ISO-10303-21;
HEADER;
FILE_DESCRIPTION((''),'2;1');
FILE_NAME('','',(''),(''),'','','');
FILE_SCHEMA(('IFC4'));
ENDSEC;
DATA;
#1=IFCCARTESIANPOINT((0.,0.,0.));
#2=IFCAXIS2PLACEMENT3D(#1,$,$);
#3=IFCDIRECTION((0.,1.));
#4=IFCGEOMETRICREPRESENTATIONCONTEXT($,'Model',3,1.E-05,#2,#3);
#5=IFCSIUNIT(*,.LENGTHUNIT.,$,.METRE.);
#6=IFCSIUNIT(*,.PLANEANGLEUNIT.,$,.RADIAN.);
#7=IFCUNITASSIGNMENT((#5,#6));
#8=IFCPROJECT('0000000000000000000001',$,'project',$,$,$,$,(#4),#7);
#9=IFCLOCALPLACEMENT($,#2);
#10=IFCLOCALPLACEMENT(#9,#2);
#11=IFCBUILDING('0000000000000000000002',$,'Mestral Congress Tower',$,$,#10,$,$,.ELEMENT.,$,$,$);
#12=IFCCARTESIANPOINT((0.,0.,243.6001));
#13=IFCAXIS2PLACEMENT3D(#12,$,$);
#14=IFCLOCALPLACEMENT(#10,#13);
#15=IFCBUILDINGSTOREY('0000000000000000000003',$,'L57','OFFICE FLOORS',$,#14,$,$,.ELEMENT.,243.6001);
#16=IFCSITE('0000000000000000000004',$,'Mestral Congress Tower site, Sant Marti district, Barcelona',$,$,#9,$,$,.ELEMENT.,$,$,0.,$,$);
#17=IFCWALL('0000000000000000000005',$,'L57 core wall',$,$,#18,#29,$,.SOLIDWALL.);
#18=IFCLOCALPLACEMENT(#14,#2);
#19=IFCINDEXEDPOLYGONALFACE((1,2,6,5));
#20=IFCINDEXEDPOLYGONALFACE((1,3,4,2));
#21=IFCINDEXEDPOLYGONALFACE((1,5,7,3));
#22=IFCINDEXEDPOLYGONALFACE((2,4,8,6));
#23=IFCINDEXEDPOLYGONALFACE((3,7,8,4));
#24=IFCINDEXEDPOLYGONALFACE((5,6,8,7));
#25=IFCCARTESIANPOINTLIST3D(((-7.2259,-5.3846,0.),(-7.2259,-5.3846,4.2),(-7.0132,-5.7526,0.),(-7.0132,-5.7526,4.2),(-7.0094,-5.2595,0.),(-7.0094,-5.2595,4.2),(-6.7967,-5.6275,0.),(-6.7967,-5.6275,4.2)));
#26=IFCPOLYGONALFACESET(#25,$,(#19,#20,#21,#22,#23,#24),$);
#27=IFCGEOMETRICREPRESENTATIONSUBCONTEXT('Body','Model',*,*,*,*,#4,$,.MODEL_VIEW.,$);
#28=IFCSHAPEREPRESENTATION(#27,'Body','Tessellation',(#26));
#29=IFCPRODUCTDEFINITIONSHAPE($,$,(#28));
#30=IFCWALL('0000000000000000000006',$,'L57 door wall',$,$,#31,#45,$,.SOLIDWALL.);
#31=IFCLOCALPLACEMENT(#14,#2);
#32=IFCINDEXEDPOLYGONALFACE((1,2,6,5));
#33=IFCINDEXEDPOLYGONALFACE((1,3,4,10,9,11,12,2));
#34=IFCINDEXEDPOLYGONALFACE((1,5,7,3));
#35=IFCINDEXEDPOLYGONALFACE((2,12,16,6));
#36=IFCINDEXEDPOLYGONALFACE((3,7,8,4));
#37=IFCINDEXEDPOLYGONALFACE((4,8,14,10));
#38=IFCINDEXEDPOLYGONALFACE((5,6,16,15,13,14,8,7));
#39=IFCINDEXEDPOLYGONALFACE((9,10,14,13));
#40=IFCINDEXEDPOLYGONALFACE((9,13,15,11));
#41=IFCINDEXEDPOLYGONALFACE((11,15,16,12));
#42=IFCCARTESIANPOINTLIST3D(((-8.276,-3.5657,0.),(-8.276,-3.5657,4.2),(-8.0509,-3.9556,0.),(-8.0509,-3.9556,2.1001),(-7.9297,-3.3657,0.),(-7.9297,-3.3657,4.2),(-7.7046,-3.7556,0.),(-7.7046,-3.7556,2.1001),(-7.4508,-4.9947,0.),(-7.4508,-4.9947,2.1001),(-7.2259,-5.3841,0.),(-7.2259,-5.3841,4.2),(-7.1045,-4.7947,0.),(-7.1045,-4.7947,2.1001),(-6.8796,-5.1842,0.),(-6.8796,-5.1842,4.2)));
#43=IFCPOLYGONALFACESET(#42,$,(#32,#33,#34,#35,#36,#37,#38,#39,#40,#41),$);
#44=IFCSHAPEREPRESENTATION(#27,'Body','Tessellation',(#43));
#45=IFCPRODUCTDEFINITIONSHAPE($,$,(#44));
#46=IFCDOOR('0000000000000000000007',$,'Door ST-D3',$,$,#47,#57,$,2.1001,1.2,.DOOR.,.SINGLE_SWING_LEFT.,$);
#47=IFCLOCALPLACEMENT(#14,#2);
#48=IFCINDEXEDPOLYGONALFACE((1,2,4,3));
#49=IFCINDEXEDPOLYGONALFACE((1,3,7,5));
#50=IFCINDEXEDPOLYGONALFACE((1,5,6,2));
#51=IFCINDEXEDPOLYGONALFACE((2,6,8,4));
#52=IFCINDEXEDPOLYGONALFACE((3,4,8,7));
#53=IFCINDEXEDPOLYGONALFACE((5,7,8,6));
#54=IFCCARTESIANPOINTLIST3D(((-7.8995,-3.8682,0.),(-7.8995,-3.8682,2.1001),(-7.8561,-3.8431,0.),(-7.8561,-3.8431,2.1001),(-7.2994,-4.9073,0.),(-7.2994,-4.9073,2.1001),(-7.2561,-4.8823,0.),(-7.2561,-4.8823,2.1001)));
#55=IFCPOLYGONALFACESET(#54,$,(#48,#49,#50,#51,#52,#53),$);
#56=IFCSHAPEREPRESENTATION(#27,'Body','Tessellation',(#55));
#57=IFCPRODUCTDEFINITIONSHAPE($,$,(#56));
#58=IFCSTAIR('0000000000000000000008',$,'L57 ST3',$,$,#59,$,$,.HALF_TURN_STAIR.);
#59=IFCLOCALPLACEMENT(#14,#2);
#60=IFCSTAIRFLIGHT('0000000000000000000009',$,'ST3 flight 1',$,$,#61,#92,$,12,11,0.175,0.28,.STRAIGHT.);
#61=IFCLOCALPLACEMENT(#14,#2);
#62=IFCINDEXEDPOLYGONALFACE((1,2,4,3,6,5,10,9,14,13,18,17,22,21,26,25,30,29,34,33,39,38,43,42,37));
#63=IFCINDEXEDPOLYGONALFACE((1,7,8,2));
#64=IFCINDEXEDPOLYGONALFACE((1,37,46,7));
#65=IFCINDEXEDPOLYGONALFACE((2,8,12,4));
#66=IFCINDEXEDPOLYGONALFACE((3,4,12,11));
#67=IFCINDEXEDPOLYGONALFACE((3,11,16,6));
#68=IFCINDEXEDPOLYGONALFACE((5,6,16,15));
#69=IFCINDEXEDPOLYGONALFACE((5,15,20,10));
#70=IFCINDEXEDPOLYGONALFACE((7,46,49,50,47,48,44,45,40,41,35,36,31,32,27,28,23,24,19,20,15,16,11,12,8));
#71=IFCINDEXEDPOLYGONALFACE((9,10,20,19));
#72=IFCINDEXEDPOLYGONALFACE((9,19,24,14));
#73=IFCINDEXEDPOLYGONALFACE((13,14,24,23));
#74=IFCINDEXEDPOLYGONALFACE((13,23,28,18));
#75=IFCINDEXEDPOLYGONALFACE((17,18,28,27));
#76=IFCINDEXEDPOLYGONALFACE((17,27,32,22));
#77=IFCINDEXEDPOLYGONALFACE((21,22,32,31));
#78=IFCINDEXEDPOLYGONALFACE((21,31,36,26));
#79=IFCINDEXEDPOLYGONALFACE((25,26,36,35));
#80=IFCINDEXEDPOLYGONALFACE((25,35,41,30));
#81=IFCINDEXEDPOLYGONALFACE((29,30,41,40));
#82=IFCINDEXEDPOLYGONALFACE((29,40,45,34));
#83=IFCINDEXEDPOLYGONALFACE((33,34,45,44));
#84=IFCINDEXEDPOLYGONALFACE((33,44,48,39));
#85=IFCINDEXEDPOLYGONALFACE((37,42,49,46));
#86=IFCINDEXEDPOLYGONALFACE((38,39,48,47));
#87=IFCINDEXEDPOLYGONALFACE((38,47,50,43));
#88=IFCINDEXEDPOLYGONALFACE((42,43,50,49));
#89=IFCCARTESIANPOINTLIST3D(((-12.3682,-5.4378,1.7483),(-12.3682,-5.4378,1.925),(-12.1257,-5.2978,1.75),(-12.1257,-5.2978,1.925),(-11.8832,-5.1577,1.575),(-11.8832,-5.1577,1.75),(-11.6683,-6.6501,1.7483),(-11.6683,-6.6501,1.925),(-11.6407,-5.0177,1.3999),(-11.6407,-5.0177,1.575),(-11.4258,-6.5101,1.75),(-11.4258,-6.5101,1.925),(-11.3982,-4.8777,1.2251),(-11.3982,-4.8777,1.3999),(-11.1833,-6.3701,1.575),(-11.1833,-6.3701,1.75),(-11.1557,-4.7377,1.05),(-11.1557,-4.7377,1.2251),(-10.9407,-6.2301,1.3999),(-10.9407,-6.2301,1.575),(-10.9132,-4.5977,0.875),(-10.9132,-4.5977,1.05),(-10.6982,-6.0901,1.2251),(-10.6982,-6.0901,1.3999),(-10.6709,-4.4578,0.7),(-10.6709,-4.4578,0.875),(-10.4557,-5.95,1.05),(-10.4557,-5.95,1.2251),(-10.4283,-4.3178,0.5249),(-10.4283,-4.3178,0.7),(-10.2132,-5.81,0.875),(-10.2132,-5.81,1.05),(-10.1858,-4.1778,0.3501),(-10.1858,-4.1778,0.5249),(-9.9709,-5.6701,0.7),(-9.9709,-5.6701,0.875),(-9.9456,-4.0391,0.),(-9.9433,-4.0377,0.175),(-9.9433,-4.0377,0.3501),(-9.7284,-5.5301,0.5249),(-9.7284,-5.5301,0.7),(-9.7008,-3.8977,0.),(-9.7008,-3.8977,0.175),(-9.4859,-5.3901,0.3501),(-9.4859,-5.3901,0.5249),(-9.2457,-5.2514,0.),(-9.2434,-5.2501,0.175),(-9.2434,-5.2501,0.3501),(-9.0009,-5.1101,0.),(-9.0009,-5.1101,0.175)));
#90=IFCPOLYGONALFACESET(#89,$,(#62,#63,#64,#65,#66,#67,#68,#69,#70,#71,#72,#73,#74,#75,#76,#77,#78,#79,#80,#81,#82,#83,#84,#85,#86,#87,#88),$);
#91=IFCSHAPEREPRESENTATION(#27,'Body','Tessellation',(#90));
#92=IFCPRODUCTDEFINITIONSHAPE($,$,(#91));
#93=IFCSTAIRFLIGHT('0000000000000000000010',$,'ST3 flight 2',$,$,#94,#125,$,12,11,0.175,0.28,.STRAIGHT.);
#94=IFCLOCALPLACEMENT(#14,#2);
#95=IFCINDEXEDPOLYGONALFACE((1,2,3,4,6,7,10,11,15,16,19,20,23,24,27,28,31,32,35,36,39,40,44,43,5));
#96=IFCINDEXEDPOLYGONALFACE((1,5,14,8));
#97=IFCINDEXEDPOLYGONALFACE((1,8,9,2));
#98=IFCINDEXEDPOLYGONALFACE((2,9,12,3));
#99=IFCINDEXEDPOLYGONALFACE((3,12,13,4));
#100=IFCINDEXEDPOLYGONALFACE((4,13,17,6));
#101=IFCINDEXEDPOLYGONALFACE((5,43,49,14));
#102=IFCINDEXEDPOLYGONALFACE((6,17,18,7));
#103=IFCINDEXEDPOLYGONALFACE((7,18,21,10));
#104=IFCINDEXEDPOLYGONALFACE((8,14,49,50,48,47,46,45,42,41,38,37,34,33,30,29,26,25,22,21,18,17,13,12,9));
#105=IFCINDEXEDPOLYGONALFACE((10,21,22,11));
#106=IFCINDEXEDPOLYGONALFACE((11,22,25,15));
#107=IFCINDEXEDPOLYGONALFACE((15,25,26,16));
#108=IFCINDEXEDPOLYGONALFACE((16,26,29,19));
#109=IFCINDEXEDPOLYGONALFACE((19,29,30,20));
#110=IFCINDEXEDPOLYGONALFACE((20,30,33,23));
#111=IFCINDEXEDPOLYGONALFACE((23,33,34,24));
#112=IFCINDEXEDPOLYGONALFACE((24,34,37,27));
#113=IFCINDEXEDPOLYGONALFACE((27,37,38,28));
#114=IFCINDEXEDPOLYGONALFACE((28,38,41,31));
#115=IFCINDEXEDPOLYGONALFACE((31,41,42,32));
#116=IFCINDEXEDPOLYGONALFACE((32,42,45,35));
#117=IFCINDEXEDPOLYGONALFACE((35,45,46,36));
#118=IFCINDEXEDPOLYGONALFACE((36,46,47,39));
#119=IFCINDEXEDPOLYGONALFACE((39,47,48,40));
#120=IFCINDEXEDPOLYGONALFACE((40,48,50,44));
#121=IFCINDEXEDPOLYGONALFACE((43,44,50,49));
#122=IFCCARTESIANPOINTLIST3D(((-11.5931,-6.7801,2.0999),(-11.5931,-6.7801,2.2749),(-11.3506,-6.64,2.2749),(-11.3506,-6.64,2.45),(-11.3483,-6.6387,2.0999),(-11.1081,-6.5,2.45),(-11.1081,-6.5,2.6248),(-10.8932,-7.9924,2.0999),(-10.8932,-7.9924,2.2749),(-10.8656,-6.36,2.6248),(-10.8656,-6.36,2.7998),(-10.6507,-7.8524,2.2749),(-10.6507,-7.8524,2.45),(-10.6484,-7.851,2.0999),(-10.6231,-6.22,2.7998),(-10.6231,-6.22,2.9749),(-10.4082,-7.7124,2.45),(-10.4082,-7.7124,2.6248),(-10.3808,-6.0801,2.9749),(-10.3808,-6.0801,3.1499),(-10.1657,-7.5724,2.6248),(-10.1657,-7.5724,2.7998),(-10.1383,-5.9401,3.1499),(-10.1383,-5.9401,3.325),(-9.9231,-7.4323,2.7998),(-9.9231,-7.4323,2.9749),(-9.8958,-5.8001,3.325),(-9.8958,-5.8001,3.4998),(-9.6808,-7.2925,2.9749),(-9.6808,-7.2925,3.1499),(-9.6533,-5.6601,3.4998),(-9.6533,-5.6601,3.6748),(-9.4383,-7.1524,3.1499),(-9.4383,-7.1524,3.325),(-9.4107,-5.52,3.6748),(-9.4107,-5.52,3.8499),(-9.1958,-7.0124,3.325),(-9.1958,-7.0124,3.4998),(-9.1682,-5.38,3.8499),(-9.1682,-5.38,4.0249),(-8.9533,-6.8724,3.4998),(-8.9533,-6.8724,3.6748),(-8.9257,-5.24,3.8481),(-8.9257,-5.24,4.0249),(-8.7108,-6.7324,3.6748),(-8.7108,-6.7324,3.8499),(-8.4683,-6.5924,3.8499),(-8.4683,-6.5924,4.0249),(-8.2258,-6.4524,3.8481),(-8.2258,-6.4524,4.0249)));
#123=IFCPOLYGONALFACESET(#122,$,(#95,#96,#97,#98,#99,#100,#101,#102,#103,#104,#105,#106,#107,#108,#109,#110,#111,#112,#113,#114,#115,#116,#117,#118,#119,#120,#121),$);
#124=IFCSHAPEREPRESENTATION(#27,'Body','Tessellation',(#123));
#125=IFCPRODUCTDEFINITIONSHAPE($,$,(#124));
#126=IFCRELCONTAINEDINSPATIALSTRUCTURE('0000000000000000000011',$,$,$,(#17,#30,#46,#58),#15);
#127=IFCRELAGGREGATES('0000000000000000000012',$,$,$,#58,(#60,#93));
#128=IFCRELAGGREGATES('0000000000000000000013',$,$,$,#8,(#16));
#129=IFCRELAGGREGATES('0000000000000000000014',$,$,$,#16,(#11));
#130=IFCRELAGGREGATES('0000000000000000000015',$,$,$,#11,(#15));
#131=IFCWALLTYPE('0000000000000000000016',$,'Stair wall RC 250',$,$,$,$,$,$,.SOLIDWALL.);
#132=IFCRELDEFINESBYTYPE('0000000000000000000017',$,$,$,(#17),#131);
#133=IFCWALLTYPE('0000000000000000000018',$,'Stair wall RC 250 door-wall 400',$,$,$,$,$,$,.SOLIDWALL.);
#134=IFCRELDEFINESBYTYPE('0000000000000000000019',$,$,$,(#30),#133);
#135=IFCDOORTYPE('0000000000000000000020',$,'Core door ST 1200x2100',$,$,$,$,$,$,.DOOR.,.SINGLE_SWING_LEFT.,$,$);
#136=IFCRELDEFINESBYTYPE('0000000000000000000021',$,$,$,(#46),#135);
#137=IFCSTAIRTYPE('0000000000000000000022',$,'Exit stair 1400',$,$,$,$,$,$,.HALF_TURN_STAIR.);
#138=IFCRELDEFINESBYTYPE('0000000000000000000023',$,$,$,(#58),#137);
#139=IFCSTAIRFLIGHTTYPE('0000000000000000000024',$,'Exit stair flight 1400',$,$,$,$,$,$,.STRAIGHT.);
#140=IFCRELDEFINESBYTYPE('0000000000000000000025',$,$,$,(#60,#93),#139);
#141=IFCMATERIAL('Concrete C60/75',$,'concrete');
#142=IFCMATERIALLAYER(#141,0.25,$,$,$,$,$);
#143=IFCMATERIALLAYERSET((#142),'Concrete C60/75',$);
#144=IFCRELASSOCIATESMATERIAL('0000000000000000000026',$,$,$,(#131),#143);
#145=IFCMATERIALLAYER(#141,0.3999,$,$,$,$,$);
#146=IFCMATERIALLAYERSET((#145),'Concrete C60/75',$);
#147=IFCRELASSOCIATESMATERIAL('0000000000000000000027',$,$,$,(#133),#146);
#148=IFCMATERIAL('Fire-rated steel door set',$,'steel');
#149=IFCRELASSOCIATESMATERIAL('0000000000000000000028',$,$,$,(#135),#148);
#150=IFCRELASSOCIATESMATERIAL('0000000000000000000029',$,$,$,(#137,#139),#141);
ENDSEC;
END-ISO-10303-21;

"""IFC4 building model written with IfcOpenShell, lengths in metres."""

from ifc_helpers import new_model, si_unit, direction, frame, frame_2d, origin, place, context, subcontext, project, spatial, polyline, rectangle, outline, extrude, material, layer, layer_set, type_object, element, fill, aggregate, save


model = new_model("IFC4")

# Units and contexts
model_context = context("Model", 3, precision=1e-05, world=origin(), true_north=direction((0.0, 1.0)))
body_context = subcontext(model_context, "Body", "Model", "MODEL_VIEW")
ifc_project = project(units=[si_unit("LENGTHUNIT", "METRE"), si_unit("PLANEANGLEUNIT", "RADIAN")], contexts=[model_context])

# Site, building, storey
site_placement = place(None, origin())
site = spatial("IfcSite", under=ifc_project, at=site_placement, Name="Mestral Congress Tower site, Sant Marti district, Barcelona", CompositionType="ELEMENT", RefElevation=0.0)
building_placement = place(site_placement, origin())
building = spatial("IfcBuilding", under=site, at=building_placement, Name="Mestral Congress Tower", CompositionType="ELEMENT")
storey_placement = place(building_placement, frame((0.0, 0.0, 243.6001)))
storey = spatial("IfcBuildingStorey", under=building, at=storey_placement, Name="L57", Description="OFFICE FLOORS", CompositionType="ELEMENT", Elevation=243.6001)

# Shared definitions
ifc_material_1 = material(Name="Fire-rated steel door set", Category="steel")

# Shared definitions
ifc_material_2 = material(Name="Concrete C60/75", Category="concrete")

# Wall
ifc_layer_1 = layer(ifc_material_2, 0.25)
ifc_layer_set_1 = layer_set([ifc_layer_1], Name="Concrete C60/75")
wall_type_1 = type_object("IfcWallType", Name="Stair wall RC 250", PredefinedType="SOLIDWALL", material=ifc_layer_set_1)
wall_1_placement = place(storey_placement, frame((-6.905, -5.6899, 0.0), z_axis=(0.0, 0.0, 1.0), x_axis=(-0.500402, 0.865793, 0.0)))
element("IfcWall", 1, at=wall_1_placement, inside=storey, type_object=wall_type_1, Name="L57 core wall", PredefinedType="SOLIDWALL", context=body_context, shape_type="SweptSolid", body=[
    extrude(rectangle(XDim=0.425, YDim=0.25, at=frame_2d((0.2124, 0.0))), origin(), (0.0, 0.0, 1.0), 4.2),
])

# Wall, opening, door
ifc_layer_2 = layer(ifc_material_2, 0.3999)
ifc_layer_set_2 = layer_set([ifc_layer_2], Name="Concrete C60/75")
wall_type_2 = type_object("IfcWallType", Name="Stair wall RC 250 door-wall 400", PredefinedType="SOLIDWALL", material=ifc_layer_set_2)
wall_2_placement = place(storey_placement, frame((-8.1028, -3.4658, 0.0), z_axis=(0.0, 0.0, 1.0), x_axis=(0.500078, -0.86598, 0.0)))
wall_2 = element("IfcWall", 2, at=wall_2_placement, inside=storey, type_object=wall_type_2, Name="L57 door wall", PredefinedType="SOLIDWALL", context=body_context, shape_type="SweptSolid", body=[
    extrude(rectangle(XDim=2.0999, YDim=0.3999, at=frame_2d((1.0498, 0.0))), origin(), (0.0, 0.0, 1.0), 4.2),
])
opening_1_placement = place(wall_2_placement, frame((0.45, 0.0, 0.0)))
opening_1 = element("IfcOpeningElement", 3, at=opening_1_placement, cuts=wall_2, PredefinedType="OPENING", context=body_context, shape_type="SweptSolid", body=[
    extrude(rectangle(XDim=1.2, YDim=2.1001, at=frame_2d((0.6001, 1.05))), frame((0.0, 0.21, 0.0), z_axis=(0.0, -1.0, 0.0), x_axis=(1.0, 0.0, 0.0)), (0.0, 0.0, 1.0), 0.4199),
])
door_type_1 = type_object("IfcDoorType", Name="Core door ST 1200x2100", OperationType="SINGLE_SWING_LEFT", PredefinedType="DOOR", material=ifc_material_1)
door_1_placement = place(opening_1_placement, origin())
door_1 = element("IfcDoor", 4, at=door_1_placement, inside=storey, type_object=door_type_1, Name="Door ST-D3", OperationType="SINGLE_SWING_LEFT", OverallHeight=2.1001, OverallWidth=1.2, PredefinedType="DOOR", context=body_context, shape_type="SweptSolid", body=[
    extrude(rectangle(XDim=1.2, YDim=2.1001, at=frame_2d((0.6001, 1.05))), frame((0.0, 0.0249, 0.0), z_axis=(0.0, -1.0, 0.0), x_axis=(1.0, 0.0, 0.0)), (0.0, 0.0, 1.0), 0.05),
])
fill(opening_1, door_1)

# Stair, stair flights
stair_type = type_object("IfcStairType", Name="Exit stair 1400", PredefinedType="HALF_TURN_STAIR", material=ifc_material_2)
stair_placement = place(storey_placement, origin())
stair = element("IfcStair", 5, at=stair_placement, inside=storey, type_object=stair_type, Name="L57 ST3", PredefinedType="HALF_TURN_STAIR")
stair_flight_type = type_object("IfcStairFlightType", Name="Exit stair flight 1400", PredefinedType="STRAIGHT", material=ifc_material_2)
stair_flight_1_placement = place(storey_placement, frame((-9.3508, -4.5039, 0.0), z_axis=(0.0, 0.0, 1.0), x_axis=(-0.866025, -0.5, 0.0)))
stair_flight_1 = element("IfcStairFlight", 6, at=stair_flight_1_placement, type_object=stair_flight_type, Name="ST3 flight 1", NumberOfRisers=12, NumberOfTreads=11, PredefinedType="STRAIGHT", RiserHeight=0.175, TreadLength=0.28, context=body_context, shape_type="SweptSolid", body=[
    extrude(outline(polyline([(0.0, 0.0), (0.0, 0.175), (0.28, 0.175), (0.28, 0.3501), (0.5601, 0.3501), (0.5601, 0.5249), (0.8401, 0.5249), (0.8401, 0.7), (1.1201, 0.7), (1.1201, 0.875), (1.3999, 0.875), (1.3999, 1.05), (1.6799, 1.05), (1.6799, 1.2251), (1.96, 1.2251), (1.96, 1.3999), (2.24, 1.3999), (2.24, 1.575), (2.52, 1.575), (2.52, 1.75), (2.8, 1.75), (2.8, 1.925), (3.0801, 1.925), (3.0801, 2.1001), (3.0801, 1.7483), (0.2827, 0.0), (0.0, 0.0)])), frame((0.0, 0.7, 0.0), z_axis=(0.0, -1.0, 0.0), x_axis=(1.0, 0.0, 0.0)), (0.0, 0.0, 1.0), 1.3999),
])
stair_flight_2_placement = place(storey_placement, frame((-11.2432, -7.3862, 2.0999), z_axis=(0.0, 0.0, 1.0), x_axis=(0.866025, 0.5, 0.0)))
stair_flight_2 = element("IfcStairFlight", 7, at=stair_flight_2_placement, type_object=stair_flight_type, Name="ST3 flight 2", NumberOfRisers=12, NumberOfTreads=11, PredefinedType="STRAIGHT", RiserHeight=0.175, TreadLength=0.28, context=body_context, shape_type="SweptSolid", body=[
    extrude(outline(polyline([(0.0, 0.0), (0.0, 0.175), (0.28, 0.175), (0.28, 0.3501), (0.5601, 0.3501), (0.5601, 0.5249), (0.8401, 0.5249), (0.8401, 0.7), (1.1201, 0.7), (1.1201, 0.875), (1.3999, 0.875), (1.3999, 1.05), (1.6799, 1.05), (1.6799, 1.2251), (1.96, 1.2251), (1.96, 1.3999), (2.24, 1.3999), (2.24, 1.575), (2.52, 1.575), (2.52, 1.75), (2.8, 1.75), (2.8, 1.925), (3.0801, 1.925), (3.0801, 2.1001), (3.0801, 1.7483), (0.2827, 0.0), (0.0, 0.0)])), frame((0.0, 0.7, 0.0), z_axis=(0.0, -1.0, 0.0), x_axis=(1.0, 0.0, 0.0)), (0.0, 0.0, 1.0), 1.3999),
])
aggregate(stair, [stair_flight_1, stair_flight_2])

save(model, "model.ifc")
